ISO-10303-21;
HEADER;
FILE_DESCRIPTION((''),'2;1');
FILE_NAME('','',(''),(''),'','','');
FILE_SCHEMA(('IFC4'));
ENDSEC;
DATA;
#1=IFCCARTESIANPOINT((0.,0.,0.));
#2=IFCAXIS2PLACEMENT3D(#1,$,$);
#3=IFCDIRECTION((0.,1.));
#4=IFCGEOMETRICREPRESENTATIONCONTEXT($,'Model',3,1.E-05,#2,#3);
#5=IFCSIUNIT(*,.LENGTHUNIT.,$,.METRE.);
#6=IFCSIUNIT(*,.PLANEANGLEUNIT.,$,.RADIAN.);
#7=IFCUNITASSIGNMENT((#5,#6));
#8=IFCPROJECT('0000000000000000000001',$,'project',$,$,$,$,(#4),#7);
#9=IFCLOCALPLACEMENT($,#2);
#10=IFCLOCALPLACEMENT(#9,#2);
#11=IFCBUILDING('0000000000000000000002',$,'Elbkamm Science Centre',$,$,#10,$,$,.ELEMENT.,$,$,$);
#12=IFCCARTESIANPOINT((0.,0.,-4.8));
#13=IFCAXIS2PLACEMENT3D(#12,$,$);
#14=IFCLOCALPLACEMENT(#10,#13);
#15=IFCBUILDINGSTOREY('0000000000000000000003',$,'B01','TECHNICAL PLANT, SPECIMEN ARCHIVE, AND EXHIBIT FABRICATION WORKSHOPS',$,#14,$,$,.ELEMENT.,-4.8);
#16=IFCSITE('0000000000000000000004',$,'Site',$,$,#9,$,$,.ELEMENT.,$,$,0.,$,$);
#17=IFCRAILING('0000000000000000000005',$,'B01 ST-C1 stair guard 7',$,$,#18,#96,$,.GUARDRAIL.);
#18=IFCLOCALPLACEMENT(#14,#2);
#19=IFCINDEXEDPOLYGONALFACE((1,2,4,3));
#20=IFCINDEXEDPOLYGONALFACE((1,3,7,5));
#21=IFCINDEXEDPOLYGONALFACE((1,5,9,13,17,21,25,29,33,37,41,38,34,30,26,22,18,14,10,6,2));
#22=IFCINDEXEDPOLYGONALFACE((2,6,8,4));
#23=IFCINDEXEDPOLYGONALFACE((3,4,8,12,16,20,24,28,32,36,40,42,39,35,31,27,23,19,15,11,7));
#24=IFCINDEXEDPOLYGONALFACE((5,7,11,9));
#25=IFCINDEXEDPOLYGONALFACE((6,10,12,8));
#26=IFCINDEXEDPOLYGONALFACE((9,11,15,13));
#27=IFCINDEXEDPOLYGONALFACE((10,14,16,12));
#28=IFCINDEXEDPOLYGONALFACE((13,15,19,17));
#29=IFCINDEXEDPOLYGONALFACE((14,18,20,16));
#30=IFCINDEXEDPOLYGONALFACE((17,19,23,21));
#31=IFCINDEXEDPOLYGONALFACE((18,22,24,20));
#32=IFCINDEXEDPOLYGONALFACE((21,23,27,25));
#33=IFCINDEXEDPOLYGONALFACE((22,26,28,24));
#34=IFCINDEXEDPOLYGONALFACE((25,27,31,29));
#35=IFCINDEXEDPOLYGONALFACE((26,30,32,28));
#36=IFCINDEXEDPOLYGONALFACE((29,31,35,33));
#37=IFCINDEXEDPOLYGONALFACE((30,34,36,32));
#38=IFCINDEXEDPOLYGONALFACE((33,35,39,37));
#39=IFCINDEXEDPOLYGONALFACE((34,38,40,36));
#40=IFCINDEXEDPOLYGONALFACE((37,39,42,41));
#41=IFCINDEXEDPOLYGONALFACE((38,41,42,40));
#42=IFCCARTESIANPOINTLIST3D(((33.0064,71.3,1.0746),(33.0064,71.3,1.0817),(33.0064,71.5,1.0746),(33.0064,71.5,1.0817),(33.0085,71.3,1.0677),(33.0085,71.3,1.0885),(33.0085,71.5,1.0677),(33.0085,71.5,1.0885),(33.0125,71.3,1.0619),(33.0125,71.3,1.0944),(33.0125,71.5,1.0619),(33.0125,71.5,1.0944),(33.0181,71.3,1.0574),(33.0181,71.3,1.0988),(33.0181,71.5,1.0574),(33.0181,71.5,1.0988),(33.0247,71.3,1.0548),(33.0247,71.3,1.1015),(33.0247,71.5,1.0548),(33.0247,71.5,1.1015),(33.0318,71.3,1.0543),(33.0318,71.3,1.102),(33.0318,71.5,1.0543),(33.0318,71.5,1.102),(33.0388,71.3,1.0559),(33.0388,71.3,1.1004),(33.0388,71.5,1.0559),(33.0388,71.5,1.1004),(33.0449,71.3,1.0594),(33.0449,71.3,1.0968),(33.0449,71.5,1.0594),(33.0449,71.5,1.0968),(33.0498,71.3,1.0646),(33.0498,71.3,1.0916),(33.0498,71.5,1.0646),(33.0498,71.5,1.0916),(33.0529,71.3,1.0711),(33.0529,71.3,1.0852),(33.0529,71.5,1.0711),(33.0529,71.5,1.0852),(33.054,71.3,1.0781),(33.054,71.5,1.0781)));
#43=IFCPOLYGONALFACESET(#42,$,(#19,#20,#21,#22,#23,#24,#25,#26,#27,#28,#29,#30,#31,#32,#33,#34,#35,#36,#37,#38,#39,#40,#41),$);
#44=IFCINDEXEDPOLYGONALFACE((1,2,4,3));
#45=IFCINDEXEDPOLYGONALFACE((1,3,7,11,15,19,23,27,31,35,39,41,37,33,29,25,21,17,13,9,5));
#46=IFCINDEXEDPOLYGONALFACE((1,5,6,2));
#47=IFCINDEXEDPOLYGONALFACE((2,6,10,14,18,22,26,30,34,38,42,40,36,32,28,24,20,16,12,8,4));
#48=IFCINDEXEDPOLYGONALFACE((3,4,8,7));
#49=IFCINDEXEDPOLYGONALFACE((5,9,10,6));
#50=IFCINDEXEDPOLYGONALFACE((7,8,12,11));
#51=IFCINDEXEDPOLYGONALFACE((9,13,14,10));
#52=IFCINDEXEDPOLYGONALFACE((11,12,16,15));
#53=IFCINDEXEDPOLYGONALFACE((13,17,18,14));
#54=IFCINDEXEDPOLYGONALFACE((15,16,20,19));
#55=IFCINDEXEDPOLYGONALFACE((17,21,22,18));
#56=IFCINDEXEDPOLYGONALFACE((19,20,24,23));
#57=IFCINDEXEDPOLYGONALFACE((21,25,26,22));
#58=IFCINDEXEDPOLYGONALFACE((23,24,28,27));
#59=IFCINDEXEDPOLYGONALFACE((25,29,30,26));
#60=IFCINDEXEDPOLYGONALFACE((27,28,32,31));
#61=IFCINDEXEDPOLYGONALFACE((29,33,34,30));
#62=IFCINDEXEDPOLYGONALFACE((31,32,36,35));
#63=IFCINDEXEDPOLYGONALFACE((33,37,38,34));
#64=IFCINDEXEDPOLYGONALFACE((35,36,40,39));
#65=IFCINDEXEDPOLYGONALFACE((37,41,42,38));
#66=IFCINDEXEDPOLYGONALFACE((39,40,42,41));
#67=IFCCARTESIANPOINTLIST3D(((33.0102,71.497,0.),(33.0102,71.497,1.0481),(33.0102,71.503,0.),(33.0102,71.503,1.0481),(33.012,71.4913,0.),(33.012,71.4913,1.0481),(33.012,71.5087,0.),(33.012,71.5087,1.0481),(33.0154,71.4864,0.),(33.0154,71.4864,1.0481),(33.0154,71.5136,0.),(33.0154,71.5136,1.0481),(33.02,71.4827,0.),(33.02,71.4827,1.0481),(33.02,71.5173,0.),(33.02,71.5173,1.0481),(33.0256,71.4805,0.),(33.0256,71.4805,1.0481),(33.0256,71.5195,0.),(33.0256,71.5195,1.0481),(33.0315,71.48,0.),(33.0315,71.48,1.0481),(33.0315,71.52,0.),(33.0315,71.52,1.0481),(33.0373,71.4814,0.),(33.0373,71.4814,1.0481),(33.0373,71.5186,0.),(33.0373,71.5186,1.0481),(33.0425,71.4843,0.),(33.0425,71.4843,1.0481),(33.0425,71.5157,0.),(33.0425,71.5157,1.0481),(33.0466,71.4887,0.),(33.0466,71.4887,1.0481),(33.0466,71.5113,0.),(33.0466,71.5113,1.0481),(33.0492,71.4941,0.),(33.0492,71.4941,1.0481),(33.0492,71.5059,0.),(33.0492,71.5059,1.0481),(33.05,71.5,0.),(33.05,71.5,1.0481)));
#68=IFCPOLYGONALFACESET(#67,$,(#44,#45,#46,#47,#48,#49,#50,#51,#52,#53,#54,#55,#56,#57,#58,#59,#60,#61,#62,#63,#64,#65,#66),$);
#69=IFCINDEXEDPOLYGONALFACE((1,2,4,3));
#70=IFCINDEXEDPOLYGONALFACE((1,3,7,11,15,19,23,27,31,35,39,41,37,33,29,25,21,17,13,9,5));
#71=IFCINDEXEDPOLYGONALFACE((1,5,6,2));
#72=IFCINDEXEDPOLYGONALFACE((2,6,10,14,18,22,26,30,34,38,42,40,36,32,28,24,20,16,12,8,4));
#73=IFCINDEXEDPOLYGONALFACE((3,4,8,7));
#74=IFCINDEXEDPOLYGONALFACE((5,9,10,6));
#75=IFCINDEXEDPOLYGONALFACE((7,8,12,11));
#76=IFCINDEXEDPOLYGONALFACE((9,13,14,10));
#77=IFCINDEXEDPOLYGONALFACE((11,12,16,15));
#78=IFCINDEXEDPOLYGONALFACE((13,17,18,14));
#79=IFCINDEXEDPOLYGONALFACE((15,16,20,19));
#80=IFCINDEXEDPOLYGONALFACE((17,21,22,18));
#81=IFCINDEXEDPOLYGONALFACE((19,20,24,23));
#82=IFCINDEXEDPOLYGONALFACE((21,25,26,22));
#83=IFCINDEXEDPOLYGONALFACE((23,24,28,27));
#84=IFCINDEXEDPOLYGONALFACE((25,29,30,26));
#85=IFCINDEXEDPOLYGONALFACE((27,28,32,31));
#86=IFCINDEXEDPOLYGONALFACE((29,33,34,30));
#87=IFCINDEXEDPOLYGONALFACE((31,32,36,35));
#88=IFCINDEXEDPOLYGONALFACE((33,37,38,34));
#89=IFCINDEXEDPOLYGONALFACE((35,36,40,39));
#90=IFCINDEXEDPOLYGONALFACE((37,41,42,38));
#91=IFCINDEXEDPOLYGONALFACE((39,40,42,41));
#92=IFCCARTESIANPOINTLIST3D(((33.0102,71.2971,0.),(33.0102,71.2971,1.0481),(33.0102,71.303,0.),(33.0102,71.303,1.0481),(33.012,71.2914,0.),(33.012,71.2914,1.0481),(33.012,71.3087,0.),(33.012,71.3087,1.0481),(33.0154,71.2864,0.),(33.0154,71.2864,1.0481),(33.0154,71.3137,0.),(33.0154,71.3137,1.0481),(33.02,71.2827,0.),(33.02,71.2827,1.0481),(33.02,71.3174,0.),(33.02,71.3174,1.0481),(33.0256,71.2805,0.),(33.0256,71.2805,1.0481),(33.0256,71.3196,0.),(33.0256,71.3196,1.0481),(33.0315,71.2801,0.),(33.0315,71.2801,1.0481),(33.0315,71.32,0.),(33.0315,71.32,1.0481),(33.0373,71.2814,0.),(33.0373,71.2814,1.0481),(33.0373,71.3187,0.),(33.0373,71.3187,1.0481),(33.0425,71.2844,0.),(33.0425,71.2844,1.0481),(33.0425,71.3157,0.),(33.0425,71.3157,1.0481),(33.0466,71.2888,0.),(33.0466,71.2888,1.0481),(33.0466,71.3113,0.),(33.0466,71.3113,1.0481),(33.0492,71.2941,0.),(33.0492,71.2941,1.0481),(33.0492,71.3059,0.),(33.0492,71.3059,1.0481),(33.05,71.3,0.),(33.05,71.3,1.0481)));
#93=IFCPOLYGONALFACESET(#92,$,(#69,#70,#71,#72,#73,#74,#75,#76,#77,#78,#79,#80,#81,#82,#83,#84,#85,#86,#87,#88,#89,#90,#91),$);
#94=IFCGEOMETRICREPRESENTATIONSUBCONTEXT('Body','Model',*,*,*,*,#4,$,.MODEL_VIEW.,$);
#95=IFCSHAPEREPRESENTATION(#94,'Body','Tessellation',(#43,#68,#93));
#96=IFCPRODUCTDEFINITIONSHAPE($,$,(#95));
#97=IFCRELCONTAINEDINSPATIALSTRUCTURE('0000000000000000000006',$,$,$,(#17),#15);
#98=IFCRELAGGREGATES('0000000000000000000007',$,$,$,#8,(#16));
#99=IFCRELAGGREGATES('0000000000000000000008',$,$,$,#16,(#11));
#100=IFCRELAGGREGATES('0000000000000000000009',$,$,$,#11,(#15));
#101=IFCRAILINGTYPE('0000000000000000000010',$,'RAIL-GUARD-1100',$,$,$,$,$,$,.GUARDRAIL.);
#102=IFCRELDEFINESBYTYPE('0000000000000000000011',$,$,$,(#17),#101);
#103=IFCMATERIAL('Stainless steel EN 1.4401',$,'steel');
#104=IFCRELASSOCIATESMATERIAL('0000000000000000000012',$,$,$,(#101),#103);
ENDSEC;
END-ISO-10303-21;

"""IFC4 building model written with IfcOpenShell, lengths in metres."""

from ifc_helpers import new_model, si_unit, direction, frame, origin, origin_2d, place, context, subcontext, project, spatial, circle, extrude, material, type_object, element, save


model = new_model("IFC4")

# Units and contexts
model_context = context("Model", 3, precision=1e-05, world=origin(), true_north=direction((0.0, 1.0)))
body_context = subcontext(model_context, "Body", "Model", "MODEL_VIEW")
ifc_project = project(units=[si_unit("LENGTHUNIT", "METRE"), si_unit("PLANEANGLEUNIT", "RADIAN")], contexts=[model_context])

# Site, building, storey
site_placement = place(None, origin())
site = spatial("IfcSite", under=ifc_project, at=site_placement, Name="Site", CompositionType="ELEMENT", RefElevation=0.0)
building_placement = place(site_placement, origin())
building = spatial("IfcBuilding", under=site, at=building_placement, Name="Elbkamm Science Centre", CompositionType="ELEMENT")
storey_placement = place(building_placement, frame((0.0, 0.0, -4.8)))
storey = spatial("IfcBuildingStorey", under=building, at=storey_placement, Name="B01", Description="TECHNICAL PLANT, SPECIMEN ARCHIVE, AND EXHIBIT FABRICATION WORKSHOPS", CompositionType="ELEMENT", Elevation=-4.8)

# Railing
ifc_material_1 = material(Name="Stainless steel EN 1.4401", Category="steel")
railing_type_1 = type_object("IfcRailingType", Name="RAIL-GUARD-1100", PredefinedType="GUARDRAIL", material=ifc_material_1)
railing_1_placement = place(storey_placement, frame((33.03, 71.5, 0.0)))
element("IfcRailing", 1, at=railing_1_placement, inside=storey, type_object=railing_type_1, Name="B01 ST-C1 stair guard 7", PredefinedType="GUARDRAIL", context=body_context, shape_type="SweptSolid", body=[
    extrude(circle(Radius=0.0239, at=origin_2d()), frame((0.0, 0.0, 1.0781), z_axis=(0.0, -1.0, 0.0), x_axis=(1.0, 0.0, 0.0)), (0.0, 0.0, 1.0), 0.2),
    extrude(circle(Radius=0.02, at=origin_2d()), origin(), (0.0, 0.0, 1.0), 1.0481),
    extrude(circle(Radius=0.02, at=origin_2d()), frame((0.0, -0.2, 0.0)), (0.0, 0.0, 1.0), 1.0481),
])

save(model, "model.ifc")
